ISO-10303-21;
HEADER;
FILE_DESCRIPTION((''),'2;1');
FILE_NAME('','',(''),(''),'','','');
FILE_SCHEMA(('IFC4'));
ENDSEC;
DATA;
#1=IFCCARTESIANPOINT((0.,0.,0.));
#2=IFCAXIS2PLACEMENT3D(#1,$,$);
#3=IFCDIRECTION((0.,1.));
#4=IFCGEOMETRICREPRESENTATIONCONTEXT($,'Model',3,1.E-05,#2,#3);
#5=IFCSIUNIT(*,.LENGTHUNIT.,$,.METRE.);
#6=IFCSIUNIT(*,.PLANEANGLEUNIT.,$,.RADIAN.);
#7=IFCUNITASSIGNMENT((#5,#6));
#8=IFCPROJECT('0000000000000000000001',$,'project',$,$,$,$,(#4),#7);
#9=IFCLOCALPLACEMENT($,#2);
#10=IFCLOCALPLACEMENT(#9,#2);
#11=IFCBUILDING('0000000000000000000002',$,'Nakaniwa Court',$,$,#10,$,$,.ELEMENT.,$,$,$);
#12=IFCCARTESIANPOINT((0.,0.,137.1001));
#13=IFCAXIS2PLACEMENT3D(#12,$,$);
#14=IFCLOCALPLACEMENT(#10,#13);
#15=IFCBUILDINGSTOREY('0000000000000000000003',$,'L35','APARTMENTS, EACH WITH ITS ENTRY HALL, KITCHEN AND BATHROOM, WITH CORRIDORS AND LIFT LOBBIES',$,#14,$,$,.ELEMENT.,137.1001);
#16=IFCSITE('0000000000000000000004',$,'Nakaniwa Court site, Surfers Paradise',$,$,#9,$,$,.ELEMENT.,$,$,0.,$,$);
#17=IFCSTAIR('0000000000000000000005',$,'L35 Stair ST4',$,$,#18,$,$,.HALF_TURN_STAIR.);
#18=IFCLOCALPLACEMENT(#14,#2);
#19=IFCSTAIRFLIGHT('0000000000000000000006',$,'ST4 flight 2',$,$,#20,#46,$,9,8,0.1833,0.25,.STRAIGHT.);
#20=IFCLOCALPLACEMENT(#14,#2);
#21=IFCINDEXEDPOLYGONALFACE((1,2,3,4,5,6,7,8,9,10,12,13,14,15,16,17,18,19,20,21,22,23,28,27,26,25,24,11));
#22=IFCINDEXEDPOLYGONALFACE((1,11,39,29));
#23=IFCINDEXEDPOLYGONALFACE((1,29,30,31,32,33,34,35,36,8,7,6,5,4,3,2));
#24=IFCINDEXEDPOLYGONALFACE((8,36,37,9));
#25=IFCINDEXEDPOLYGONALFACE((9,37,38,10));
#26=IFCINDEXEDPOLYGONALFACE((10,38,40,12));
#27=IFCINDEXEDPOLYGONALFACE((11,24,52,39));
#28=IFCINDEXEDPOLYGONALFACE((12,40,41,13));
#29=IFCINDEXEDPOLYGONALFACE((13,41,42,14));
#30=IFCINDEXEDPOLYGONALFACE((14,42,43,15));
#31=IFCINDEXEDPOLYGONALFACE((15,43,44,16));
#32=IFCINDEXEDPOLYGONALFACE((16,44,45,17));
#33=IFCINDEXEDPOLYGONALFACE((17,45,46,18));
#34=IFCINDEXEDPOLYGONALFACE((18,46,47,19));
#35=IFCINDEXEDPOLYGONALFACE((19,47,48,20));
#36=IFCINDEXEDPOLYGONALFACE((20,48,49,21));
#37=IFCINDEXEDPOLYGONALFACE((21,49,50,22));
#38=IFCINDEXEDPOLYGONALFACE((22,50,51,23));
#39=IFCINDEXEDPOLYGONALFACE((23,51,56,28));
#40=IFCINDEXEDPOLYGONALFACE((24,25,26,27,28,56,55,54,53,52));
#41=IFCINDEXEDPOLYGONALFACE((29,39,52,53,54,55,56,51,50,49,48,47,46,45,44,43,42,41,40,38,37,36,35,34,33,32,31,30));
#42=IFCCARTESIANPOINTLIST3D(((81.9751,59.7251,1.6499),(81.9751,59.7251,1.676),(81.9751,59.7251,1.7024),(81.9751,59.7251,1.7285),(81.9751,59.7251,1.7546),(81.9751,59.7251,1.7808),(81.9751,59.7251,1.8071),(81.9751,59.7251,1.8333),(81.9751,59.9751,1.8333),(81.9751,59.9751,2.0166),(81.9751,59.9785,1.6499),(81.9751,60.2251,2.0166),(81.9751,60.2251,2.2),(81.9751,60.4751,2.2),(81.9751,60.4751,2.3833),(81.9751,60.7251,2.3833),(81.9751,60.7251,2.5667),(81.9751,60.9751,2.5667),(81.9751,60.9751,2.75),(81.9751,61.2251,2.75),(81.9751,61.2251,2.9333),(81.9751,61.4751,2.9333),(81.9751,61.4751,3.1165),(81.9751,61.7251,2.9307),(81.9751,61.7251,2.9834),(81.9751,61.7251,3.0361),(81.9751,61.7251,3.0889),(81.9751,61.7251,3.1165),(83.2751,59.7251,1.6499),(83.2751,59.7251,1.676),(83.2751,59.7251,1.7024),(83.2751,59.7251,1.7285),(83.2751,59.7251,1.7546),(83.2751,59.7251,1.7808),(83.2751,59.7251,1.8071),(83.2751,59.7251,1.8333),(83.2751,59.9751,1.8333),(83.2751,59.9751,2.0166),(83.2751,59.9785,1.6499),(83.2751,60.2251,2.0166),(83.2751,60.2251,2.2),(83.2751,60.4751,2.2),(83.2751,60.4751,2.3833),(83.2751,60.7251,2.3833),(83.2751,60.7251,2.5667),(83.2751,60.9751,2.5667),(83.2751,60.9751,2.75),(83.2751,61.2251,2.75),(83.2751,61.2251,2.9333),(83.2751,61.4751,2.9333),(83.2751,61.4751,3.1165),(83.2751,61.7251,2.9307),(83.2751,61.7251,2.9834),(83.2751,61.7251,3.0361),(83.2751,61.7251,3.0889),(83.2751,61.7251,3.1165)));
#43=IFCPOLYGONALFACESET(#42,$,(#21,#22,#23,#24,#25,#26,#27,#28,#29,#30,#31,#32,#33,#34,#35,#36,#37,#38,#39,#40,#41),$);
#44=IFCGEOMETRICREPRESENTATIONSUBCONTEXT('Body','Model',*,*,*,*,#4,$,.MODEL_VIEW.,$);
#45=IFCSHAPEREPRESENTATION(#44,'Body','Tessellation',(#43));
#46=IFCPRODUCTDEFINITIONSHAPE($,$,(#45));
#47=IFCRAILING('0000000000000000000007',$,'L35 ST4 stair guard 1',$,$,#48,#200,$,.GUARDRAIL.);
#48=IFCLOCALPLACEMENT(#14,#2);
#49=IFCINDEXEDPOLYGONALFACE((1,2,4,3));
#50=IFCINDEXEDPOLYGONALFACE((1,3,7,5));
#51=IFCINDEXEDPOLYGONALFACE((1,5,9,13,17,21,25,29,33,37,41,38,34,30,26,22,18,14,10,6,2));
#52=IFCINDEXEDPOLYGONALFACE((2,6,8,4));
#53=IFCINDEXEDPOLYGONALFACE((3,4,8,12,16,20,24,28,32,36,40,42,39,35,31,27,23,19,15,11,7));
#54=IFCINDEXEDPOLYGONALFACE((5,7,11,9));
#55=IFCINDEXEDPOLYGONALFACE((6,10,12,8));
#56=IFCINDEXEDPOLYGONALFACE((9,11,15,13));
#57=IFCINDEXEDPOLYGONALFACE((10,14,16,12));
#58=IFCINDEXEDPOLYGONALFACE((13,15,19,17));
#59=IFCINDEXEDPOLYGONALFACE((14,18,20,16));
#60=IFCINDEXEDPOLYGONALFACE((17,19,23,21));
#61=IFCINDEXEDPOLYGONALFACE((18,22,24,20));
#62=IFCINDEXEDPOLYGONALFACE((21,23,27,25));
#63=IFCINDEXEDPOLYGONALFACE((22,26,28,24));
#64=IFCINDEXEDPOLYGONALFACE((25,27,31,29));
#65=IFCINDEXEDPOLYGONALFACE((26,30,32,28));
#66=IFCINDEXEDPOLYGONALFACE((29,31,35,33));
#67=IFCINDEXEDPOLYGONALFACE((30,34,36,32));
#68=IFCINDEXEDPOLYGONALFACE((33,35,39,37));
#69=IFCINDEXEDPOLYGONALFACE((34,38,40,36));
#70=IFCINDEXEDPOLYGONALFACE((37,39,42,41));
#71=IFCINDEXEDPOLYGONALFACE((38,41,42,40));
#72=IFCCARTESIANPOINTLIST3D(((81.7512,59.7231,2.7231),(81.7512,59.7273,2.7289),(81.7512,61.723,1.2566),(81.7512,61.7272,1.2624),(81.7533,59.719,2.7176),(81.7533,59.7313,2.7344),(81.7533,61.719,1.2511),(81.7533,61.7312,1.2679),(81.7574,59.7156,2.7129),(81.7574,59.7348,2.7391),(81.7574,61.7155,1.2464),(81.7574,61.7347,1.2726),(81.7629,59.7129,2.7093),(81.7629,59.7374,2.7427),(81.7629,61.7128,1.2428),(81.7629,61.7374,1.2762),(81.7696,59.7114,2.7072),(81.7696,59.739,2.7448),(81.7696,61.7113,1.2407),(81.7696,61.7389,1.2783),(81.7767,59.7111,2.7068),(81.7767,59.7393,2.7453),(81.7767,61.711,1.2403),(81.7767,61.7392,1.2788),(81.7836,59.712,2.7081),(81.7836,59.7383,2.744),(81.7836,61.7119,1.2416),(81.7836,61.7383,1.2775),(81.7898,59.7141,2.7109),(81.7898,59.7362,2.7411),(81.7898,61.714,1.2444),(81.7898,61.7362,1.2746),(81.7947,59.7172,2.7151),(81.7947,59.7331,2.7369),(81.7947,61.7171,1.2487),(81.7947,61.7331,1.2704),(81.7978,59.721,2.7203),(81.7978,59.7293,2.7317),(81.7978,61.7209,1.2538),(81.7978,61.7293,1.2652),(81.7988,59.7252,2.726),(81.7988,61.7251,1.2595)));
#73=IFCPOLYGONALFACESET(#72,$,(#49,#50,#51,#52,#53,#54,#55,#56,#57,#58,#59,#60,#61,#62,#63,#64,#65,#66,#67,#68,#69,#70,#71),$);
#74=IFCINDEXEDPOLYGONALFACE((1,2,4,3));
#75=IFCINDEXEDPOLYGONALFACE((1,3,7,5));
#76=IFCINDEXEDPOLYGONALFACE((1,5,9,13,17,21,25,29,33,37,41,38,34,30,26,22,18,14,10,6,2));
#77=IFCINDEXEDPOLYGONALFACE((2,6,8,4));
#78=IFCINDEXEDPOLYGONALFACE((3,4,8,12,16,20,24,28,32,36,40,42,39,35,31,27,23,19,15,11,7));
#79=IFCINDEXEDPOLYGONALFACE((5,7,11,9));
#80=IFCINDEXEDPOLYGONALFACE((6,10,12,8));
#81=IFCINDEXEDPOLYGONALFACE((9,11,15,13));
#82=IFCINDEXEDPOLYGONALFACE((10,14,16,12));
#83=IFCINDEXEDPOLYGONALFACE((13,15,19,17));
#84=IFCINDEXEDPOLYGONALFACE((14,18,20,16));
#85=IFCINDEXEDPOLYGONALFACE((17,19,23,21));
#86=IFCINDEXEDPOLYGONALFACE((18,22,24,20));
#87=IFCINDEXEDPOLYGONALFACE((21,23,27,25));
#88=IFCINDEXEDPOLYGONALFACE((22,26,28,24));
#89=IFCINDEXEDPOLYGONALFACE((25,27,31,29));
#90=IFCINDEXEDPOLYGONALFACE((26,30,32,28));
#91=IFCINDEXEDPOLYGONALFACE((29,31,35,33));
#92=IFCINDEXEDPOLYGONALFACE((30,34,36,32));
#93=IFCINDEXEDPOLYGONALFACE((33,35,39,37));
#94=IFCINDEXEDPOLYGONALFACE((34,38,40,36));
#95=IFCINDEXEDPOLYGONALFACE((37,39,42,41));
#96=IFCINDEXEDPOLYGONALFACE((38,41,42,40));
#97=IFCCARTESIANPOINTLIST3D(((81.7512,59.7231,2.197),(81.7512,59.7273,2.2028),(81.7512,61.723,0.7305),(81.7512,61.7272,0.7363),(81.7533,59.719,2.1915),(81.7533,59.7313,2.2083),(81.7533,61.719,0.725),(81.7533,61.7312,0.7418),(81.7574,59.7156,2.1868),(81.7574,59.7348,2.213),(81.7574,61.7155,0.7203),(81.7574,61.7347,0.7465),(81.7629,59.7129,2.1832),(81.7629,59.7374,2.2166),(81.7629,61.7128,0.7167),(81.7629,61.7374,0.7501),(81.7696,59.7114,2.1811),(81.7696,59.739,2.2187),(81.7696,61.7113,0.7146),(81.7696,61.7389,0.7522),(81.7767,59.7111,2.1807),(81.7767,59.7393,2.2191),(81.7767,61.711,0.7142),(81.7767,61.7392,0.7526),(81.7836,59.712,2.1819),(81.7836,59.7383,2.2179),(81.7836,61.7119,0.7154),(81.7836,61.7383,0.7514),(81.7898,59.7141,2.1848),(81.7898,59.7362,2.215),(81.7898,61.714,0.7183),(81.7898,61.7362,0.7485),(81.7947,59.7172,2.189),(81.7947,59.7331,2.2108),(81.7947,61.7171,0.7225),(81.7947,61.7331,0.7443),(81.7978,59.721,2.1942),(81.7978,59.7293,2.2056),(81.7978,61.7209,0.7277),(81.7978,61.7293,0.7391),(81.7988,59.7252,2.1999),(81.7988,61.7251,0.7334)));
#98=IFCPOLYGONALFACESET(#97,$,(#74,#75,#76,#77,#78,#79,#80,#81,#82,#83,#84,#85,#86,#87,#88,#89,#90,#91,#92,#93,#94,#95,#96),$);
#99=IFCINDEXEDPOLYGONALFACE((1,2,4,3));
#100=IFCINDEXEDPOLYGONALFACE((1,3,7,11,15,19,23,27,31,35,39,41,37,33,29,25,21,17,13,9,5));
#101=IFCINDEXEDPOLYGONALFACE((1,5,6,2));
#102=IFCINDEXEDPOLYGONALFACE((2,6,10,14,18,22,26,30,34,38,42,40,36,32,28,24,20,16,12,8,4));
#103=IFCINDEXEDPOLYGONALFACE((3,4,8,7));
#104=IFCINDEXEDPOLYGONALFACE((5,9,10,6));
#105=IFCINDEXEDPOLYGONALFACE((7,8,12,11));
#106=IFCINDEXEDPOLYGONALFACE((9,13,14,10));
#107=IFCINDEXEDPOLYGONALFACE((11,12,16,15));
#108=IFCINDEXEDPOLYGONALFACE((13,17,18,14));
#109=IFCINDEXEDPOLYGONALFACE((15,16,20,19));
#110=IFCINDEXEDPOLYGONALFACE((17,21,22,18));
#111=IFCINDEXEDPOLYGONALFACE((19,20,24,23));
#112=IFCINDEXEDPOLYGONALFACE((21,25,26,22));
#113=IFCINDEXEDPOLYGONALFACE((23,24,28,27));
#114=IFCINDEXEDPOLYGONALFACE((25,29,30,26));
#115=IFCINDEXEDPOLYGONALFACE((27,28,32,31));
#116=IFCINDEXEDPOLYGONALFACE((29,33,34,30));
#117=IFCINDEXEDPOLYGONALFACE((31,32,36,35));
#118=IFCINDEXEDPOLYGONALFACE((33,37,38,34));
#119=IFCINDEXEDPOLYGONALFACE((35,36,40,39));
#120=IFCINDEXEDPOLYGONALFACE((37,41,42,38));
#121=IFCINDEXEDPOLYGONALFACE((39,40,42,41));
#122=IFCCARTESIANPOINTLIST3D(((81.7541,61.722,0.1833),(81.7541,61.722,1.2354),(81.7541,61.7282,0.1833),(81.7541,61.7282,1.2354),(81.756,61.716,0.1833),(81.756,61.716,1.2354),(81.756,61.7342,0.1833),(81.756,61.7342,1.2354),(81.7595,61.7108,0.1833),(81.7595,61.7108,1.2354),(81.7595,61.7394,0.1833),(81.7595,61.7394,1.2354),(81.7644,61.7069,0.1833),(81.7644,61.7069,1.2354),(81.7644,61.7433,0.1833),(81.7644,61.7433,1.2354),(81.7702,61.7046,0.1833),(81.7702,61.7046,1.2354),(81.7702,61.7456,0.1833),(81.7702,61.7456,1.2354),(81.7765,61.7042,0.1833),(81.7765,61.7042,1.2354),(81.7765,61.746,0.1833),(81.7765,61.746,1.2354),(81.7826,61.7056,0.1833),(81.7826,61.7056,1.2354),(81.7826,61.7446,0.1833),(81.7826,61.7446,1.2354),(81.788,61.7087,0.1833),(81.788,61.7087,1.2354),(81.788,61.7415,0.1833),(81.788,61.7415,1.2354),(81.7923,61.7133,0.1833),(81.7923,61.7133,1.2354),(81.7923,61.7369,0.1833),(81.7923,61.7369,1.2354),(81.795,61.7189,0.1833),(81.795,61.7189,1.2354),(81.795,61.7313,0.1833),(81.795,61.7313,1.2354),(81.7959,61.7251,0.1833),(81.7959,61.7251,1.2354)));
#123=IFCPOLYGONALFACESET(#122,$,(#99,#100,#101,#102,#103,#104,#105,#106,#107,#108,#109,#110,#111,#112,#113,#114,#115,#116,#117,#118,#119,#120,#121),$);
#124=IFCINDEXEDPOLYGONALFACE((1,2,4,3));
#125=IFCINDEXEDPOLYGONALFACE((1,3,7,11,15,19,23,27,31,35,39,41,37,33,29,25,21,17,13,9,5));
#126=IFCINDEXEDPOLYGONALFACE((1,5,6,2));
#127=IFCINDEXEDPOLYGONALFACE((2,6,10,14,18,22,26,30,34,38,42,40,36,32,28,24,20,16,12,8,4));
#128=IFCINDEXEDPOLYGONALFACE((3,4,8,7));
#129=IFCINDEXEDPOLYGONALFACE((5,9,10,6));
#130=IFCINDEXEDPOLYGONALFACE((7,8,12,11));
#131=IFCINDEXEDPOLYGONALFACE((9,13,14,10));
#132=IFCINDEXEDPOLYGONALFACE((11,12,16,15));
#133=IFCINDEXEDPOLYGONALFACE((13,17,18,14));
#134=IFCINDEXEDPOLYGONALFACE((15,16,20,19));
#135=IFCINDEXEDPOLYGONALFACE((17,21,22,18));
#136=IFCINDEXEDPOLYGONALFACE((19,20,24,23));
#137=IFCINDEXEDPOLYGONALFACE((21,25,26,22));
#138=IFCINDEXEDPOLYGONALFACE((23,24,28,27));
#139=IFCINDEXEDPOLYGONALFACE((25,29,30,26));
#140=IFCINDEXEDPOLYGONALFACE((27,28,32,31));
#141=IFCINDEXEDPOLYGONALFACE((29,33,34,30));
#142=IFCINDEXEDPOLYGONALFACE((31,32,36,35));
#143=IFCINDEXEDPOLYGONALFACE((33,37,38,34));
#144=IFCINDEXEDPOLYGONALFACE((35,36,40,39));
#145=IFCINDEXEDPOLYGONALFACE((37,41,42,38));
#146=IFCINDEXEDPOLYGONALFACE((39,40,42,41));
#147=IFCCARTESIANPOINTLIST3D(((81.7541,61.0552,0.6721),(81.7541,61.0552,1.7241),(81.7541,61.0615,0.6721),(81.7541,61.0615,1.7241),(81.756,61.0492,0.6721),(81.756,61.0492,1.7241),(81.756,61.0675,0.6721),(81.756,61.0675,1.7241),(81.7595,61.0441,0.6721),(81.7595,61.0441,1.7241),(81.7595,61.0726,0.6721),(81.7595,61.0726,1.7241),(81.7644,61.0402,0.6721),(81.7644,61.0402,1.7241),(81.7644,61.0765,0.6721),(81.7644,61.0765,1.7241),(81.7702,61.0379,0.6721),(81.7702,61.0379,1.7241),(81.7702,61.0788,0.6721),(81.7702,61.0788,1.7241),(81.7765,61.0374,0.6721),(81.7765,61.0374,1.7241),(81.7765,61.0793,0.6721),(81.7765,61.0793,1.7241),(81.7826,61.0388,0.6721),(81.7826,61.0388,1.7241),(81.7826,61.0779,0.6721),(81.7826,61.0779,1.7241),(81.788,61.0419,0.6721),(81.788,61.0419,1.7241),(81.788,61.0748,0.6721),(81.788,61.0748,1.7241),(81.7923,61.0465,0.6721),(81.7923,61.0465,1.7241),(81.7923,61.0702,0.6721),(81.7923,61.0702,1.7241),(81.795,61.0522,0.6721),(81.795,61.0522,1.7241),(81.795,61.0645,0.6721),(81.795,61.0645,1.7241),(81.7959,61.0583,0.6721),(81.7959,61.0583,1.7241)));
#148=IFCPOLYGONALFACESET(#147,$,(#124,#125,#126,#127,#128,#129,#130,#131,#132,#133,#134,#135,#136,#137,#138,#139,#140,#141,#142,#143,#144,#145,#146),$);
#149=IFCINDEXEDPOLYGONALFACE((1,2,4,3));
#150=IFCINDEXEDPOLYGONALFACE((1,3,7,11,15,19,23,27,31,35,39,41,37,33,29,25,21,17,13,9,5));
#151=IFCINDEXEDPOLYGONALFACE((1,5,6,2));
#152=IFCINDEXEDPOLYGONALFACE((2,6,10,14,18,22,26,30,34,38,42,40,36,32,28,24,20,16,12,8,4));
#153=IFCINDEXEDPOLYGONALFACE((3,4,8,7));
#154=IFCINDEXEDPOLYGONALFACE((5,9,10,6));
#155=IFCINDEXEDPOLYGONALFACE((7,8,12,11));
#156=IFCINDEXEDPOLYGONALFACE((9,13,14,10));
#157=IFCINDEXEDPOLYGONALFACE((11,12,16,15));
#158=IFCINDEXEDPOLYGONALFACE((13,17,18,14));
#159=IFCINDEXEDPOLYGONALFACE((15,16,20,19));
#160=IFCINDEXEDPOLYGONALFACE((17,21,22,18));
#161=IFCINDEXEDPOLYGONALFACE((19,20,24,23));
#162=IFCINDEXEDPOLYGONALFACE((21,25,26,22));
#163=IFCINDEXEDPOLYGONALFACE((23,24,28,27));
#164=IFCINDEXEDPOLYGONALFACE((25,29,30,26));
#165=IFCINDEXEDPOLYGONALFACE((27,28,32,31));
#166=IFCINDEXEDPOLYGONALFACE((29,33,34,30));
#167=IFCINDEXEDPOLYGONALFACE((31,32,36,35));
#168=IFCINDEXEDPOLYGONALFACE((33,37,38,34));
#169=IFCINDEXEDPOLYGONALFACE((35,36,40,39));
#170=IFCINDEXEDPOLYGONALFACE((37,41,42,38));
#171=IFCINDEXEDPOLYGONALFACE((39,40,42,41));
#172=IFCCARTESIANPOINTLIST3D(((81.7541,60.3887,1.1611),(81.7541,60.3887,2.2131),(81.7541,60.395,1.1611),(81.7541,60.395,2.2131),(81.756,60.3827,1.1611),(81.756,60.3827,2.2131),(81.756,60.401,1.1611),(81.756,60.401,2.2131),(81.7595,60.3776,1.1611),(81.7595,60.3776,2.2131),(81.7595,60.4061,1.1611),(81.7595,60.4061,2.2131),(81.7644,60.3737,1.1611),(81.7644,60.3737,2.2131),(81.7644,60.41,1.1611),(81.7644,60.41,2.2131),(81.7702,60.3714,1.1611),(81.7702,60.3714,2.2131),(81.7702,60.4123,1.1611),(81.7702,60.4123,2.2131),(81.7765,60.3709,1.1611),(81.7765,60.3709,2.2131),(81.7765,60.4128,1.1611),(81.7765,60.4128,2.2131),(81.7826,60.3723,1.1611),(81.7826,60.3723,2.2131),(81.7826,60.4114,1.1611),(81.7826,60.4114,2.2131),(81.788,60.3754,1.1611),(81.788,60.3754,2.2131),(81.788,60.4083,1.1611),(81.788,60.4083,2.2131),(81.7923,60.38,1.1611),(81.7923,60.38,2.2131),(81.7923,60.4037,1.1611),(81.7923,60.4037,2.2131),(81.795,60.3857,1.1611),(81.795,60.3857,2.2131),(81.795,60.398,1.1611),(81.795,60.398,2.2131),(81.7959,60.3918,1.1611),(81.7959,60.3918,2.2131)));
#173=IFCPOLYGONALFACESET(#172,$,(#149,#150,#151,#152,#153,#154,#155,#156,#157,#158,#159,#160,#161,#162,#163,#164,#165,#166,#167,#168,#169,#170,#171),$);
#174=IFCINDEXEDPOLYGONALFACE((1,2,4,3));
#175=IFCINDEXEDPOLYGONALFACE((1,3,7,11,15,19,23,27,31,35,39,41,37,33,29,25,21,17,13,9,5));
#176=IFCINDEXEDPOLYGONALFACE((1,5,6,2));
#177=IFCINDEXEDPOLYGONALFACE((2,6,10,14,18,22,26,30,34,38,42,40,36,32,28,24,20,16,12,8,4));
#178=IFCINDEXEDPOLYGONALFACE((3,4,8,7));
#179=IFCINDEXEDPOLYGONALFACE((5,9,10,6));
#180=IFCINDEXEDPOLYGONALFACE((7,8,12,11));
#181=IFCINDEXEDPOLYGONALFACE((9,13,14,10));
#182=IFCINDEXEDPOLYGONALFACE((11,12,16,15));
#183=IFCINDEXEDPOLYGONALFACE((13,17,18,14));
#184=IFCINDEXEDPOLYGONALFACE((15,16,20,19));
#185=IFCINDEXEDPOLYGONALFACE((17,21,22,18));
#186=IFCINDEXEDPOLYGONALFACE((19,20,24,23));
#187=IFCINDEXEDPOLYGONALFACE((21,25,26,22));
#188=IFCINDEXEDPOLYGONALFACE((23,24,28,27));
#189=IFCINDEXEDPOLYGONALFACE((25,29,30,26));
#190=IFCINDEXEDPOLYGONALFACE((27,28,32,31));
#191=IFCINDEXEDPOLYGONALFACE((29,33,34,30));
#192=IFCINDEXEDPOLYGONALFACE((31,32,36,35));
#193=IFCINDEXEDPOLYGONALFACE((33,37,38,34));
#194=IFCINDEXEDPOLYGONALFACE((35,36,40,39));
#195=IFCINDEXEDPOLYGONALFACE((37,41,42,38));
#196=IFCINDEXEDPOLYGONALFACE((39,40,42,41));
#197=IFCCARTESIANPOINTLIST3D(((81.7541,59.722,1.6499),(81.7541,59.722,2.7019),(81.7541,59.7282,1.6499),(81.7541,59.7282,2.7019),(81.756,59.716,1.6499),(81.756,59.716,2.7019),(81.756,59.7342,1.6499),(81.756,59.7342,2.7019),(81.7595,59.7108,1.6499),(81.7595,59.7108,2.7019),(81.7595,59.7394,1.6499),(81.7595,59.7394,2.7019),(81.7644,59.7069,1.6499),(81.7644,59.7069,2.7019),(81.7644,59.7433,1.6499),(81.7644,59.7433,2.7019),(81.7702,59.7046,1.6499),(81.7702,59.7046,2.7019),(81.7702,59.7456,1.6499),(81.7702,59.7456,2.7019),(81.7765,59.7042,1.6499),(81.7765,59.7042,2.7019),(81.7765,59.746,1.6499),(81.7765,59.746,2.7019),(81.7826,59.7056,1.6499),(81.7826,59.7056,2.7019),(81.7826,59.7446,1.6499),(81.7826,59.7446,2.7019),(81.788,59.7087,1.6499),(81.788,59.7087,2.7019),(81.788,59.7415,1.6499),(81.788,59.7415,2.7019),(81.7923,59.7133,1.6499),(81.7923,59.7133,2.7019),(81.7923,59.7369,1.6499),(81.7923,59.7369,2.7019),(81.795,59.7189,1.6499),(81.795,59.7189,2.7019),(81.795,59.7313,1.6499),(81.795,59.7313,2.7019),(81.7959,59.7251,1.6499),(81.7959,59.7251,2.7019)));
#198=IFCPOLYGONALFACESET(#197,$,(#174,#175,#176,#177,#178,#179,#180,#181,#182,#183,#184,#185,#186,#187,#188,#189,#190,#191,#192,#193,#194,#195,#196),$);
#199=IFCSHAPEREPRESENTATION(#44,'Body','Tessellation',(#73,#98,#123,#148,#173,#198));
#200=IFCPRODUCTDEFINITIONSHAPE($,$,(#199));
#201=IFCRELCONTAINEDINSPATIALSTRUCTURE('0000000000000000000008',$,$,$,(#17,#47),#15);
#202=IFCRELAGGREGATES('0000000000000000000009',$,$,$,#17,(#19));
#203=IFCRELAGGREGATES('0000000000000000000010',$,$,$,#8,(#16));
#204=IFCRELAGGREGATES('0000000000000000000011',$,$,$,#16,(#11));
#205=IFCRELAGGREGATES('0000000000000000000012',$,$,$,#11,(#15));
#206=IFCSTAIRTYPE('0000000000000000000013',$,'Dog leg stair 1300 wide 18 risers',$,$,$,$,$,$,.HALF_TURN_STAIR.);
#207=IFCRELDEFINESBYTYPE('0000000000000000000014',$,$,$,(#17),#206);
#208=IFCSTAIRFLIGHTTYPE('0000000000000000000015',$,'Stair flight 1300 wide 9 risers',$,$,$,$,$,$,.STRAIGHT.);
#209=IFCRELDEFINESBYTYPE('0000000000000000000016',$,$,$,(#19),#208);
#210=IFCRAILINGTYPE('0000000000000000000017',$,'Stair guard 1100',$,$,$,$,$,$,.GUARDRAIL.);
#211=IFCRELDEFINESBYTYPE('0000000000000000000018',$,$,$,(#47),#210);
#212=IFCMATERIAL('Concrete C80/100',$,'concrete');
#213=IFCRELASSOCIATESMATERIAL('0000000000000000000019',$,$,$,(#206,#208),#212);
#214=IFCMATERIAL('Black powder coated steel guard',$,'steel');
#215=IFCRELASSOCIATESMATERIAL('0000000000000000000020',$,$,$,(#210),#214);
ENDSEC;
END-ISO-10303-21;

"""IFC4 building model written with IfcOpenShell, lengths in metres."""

from ifc_helpers import new_model, si_unit, direction, frame, origin, origin_2d, place, context, subcontext, project, spatial, polyline, circle, outline, extrude, material, type_object, element, aggregate, save


model = new_model("IFC4")

# Units and contexts
model_context = context("Model", 3, precision=1e-05, world=origin(), true_north=direction((0.0, 1.0)))
body_context = subcontext(model_context, "Body", "Model", "MODEL_VIEW")
ifc_project = project(units=[si_unit("LENGTHUNIT", "METRE"), si_unit("PLANEANGLEUNIT", "RADIAN")], contexts=[model_context])

# Site, building, storey
site_placement = place(None, origin())
site = spatial("IfcSite", under=ifc_project, at=site_placement, Name="Nakaniwa Court site, Surfers Paradise", CompositionType="ELEMENT", RefElevation=0.0)
building_placement = place(site_placement, origin())
building = spatial("IfcBuilding", under=site, at=building_placement, Name="Nakaniwa Court", CompositionType="ELEMENT")
storey_placement = place(building_placement, frame((0.0, 0.0, 137.1001)))
storey = spatial("IfcBuildingStorey", under=building, at=storey_placement, Name="L35", Description="APARTMENTS, EACH WITH ITS ENTRY HALL, KITCHEN AND BATHROOM, WITH CORRIDORS AND LIFT LOBBIES", CompositionType="ELEMENT", Elevation=137.1001)

# Shared definitions
ifc_material_1 = material(Name="Concrete C80/100", Category="concrete")

# Stair, stair flight
stair_type = type_object("IfcStairType", Name="Dog leg stair 1300 wide 18 risers", PredefinedType="HALF_TURN_STAIR", material=ifc_material_1)
stair_placement = place(storey_placement, origin())
stair = element("IfcStair", 1, at=stair_placement, inside=storey, type_object=stair_type, Name="L35 Stair ST4", PredefinedType="HALF_TURN_STAIR")
stair_flight_type = type_object("IfcStairFlightType", Name="Stair flight 1300 wide 9 risers", PredefinedType="STRAIGHT", material=ifc_material_1)
stair_flight_1_placement = place(storey_placement, frame((82.625, 59.7251, 1.6499), z_axis=(0.0, 0.0, 1.0), x_axis=(0.0, 1.0, 0.0)))
stair_flight_1 = element("IfcStairFlight", 2, at=stair_flight_1_placement, type_object=stair_flight_type, Name="ST4 flight 2", NumberOfRisers=9, NumberOfTreads=8, PredefinedType="STRAIGHT", RiserHeight=0.1833, TreadLength=0.25, context=body_context, shape_type="SweptSolid", body=[
    extrude(outline(polyline([(0.0, 0.0), (0.0, 0.0261), (0.0, 0.0525), (0.0, 0.0786), (0.0, 0.1047), (0.0, 0.1309), (0.0, 0.1572), (0.0, 0.1833), (0.25, 0.1833), (0.25, 0.3667), (0.5, 0.3667), (0.5, 0.55), (0.75, 0.55), (0.75, 0.7334), (1.0, 0.7334), (1.0, 0.9167), (1.25, 0.9167), (1.25, 1.1001), (1.5, 1.1001), (1.5, 1.2834), (1.75, 1.2834), (1.75, 1.4666), (2.0, 1.4666), (2.0, 1.6499), (2.0, 1.5972), (2.0, 1.5444), (2.0, 1.4917), (2.0, 1.439), (2.0, 1.3862), (2.0, 1.3335), (2.0, 1.2808), (0.2534, 0.0), (0.0, 0.0)])), frame((0.0, 0.6499, 0.0), z_axis=(0.0, -1.0, 0.0), x_axis=(1.0, 0.0, 0.0)), (0.0, 0.0, 1.0), 1.3),
])
aggregate(stair, [stair_flight_1])

# Railing
ifc_material_2 = material(Name="Black powder coated steel guard", Category="steel")
railing_type_1 = type_object("IfcRailingType", Name="Stair guard 1100", PredefinedType="GUARDRAIL", material=ifc_material_2)
railing_1_placement = place(storey_placement, frame((81.7749, 61.7251, 0.1833)))
element("IfcRailing", 3, at=railing_1_placement, inside=storey, type_object=railing_type_1, Name="L35 ST4 stair guard 1", PredefinedType="GUARDRAIL", context=body_context, shape_type="SweptSolid", body=[
    extrude(circle(Radius=0.0239, at=origin_2d()), frame((0.0, 0.0, 1.0762), z_axis=(0.0, -0.806427, 0.591334), x_axis=(1.0, 0.0, 0.0)), (0.0, 0.0, 1.0), 2.48),
    extrude(circle(Radius=0.0239, at=origin_2d()), frame((0.0, 0.0, 0.55), z_axis=(0.0, -0.806427, 0.591334), x_axis=(1.0, 0.0, 0.0)), (0.0, 0.0, 1.0), 2.48),
    extrude(circle(Radius=0.021, at=origin_2d()), origin(), (0.0, 0.0, 1.0), 1.052),
    extrude(circle(Radius=0.021, at=origin_2d()), frame((0.0, -0.6667, 0.4888)), (0.0, 0.0, 1.0), 1.052),
    extrude(circle(Radius=0.021, at=origin_2d()), frame((0.0, -1.3333, 0.9778)), (0.0, 0.0, 1.0), 1.052),
    extrude(circle(Radius=0.021, at=origin_2d()), frame((0.0, -2.0, 1.4666)), (0.0, 0.0, 1.0), 1.052),
])

save(model, "model.ifc")
